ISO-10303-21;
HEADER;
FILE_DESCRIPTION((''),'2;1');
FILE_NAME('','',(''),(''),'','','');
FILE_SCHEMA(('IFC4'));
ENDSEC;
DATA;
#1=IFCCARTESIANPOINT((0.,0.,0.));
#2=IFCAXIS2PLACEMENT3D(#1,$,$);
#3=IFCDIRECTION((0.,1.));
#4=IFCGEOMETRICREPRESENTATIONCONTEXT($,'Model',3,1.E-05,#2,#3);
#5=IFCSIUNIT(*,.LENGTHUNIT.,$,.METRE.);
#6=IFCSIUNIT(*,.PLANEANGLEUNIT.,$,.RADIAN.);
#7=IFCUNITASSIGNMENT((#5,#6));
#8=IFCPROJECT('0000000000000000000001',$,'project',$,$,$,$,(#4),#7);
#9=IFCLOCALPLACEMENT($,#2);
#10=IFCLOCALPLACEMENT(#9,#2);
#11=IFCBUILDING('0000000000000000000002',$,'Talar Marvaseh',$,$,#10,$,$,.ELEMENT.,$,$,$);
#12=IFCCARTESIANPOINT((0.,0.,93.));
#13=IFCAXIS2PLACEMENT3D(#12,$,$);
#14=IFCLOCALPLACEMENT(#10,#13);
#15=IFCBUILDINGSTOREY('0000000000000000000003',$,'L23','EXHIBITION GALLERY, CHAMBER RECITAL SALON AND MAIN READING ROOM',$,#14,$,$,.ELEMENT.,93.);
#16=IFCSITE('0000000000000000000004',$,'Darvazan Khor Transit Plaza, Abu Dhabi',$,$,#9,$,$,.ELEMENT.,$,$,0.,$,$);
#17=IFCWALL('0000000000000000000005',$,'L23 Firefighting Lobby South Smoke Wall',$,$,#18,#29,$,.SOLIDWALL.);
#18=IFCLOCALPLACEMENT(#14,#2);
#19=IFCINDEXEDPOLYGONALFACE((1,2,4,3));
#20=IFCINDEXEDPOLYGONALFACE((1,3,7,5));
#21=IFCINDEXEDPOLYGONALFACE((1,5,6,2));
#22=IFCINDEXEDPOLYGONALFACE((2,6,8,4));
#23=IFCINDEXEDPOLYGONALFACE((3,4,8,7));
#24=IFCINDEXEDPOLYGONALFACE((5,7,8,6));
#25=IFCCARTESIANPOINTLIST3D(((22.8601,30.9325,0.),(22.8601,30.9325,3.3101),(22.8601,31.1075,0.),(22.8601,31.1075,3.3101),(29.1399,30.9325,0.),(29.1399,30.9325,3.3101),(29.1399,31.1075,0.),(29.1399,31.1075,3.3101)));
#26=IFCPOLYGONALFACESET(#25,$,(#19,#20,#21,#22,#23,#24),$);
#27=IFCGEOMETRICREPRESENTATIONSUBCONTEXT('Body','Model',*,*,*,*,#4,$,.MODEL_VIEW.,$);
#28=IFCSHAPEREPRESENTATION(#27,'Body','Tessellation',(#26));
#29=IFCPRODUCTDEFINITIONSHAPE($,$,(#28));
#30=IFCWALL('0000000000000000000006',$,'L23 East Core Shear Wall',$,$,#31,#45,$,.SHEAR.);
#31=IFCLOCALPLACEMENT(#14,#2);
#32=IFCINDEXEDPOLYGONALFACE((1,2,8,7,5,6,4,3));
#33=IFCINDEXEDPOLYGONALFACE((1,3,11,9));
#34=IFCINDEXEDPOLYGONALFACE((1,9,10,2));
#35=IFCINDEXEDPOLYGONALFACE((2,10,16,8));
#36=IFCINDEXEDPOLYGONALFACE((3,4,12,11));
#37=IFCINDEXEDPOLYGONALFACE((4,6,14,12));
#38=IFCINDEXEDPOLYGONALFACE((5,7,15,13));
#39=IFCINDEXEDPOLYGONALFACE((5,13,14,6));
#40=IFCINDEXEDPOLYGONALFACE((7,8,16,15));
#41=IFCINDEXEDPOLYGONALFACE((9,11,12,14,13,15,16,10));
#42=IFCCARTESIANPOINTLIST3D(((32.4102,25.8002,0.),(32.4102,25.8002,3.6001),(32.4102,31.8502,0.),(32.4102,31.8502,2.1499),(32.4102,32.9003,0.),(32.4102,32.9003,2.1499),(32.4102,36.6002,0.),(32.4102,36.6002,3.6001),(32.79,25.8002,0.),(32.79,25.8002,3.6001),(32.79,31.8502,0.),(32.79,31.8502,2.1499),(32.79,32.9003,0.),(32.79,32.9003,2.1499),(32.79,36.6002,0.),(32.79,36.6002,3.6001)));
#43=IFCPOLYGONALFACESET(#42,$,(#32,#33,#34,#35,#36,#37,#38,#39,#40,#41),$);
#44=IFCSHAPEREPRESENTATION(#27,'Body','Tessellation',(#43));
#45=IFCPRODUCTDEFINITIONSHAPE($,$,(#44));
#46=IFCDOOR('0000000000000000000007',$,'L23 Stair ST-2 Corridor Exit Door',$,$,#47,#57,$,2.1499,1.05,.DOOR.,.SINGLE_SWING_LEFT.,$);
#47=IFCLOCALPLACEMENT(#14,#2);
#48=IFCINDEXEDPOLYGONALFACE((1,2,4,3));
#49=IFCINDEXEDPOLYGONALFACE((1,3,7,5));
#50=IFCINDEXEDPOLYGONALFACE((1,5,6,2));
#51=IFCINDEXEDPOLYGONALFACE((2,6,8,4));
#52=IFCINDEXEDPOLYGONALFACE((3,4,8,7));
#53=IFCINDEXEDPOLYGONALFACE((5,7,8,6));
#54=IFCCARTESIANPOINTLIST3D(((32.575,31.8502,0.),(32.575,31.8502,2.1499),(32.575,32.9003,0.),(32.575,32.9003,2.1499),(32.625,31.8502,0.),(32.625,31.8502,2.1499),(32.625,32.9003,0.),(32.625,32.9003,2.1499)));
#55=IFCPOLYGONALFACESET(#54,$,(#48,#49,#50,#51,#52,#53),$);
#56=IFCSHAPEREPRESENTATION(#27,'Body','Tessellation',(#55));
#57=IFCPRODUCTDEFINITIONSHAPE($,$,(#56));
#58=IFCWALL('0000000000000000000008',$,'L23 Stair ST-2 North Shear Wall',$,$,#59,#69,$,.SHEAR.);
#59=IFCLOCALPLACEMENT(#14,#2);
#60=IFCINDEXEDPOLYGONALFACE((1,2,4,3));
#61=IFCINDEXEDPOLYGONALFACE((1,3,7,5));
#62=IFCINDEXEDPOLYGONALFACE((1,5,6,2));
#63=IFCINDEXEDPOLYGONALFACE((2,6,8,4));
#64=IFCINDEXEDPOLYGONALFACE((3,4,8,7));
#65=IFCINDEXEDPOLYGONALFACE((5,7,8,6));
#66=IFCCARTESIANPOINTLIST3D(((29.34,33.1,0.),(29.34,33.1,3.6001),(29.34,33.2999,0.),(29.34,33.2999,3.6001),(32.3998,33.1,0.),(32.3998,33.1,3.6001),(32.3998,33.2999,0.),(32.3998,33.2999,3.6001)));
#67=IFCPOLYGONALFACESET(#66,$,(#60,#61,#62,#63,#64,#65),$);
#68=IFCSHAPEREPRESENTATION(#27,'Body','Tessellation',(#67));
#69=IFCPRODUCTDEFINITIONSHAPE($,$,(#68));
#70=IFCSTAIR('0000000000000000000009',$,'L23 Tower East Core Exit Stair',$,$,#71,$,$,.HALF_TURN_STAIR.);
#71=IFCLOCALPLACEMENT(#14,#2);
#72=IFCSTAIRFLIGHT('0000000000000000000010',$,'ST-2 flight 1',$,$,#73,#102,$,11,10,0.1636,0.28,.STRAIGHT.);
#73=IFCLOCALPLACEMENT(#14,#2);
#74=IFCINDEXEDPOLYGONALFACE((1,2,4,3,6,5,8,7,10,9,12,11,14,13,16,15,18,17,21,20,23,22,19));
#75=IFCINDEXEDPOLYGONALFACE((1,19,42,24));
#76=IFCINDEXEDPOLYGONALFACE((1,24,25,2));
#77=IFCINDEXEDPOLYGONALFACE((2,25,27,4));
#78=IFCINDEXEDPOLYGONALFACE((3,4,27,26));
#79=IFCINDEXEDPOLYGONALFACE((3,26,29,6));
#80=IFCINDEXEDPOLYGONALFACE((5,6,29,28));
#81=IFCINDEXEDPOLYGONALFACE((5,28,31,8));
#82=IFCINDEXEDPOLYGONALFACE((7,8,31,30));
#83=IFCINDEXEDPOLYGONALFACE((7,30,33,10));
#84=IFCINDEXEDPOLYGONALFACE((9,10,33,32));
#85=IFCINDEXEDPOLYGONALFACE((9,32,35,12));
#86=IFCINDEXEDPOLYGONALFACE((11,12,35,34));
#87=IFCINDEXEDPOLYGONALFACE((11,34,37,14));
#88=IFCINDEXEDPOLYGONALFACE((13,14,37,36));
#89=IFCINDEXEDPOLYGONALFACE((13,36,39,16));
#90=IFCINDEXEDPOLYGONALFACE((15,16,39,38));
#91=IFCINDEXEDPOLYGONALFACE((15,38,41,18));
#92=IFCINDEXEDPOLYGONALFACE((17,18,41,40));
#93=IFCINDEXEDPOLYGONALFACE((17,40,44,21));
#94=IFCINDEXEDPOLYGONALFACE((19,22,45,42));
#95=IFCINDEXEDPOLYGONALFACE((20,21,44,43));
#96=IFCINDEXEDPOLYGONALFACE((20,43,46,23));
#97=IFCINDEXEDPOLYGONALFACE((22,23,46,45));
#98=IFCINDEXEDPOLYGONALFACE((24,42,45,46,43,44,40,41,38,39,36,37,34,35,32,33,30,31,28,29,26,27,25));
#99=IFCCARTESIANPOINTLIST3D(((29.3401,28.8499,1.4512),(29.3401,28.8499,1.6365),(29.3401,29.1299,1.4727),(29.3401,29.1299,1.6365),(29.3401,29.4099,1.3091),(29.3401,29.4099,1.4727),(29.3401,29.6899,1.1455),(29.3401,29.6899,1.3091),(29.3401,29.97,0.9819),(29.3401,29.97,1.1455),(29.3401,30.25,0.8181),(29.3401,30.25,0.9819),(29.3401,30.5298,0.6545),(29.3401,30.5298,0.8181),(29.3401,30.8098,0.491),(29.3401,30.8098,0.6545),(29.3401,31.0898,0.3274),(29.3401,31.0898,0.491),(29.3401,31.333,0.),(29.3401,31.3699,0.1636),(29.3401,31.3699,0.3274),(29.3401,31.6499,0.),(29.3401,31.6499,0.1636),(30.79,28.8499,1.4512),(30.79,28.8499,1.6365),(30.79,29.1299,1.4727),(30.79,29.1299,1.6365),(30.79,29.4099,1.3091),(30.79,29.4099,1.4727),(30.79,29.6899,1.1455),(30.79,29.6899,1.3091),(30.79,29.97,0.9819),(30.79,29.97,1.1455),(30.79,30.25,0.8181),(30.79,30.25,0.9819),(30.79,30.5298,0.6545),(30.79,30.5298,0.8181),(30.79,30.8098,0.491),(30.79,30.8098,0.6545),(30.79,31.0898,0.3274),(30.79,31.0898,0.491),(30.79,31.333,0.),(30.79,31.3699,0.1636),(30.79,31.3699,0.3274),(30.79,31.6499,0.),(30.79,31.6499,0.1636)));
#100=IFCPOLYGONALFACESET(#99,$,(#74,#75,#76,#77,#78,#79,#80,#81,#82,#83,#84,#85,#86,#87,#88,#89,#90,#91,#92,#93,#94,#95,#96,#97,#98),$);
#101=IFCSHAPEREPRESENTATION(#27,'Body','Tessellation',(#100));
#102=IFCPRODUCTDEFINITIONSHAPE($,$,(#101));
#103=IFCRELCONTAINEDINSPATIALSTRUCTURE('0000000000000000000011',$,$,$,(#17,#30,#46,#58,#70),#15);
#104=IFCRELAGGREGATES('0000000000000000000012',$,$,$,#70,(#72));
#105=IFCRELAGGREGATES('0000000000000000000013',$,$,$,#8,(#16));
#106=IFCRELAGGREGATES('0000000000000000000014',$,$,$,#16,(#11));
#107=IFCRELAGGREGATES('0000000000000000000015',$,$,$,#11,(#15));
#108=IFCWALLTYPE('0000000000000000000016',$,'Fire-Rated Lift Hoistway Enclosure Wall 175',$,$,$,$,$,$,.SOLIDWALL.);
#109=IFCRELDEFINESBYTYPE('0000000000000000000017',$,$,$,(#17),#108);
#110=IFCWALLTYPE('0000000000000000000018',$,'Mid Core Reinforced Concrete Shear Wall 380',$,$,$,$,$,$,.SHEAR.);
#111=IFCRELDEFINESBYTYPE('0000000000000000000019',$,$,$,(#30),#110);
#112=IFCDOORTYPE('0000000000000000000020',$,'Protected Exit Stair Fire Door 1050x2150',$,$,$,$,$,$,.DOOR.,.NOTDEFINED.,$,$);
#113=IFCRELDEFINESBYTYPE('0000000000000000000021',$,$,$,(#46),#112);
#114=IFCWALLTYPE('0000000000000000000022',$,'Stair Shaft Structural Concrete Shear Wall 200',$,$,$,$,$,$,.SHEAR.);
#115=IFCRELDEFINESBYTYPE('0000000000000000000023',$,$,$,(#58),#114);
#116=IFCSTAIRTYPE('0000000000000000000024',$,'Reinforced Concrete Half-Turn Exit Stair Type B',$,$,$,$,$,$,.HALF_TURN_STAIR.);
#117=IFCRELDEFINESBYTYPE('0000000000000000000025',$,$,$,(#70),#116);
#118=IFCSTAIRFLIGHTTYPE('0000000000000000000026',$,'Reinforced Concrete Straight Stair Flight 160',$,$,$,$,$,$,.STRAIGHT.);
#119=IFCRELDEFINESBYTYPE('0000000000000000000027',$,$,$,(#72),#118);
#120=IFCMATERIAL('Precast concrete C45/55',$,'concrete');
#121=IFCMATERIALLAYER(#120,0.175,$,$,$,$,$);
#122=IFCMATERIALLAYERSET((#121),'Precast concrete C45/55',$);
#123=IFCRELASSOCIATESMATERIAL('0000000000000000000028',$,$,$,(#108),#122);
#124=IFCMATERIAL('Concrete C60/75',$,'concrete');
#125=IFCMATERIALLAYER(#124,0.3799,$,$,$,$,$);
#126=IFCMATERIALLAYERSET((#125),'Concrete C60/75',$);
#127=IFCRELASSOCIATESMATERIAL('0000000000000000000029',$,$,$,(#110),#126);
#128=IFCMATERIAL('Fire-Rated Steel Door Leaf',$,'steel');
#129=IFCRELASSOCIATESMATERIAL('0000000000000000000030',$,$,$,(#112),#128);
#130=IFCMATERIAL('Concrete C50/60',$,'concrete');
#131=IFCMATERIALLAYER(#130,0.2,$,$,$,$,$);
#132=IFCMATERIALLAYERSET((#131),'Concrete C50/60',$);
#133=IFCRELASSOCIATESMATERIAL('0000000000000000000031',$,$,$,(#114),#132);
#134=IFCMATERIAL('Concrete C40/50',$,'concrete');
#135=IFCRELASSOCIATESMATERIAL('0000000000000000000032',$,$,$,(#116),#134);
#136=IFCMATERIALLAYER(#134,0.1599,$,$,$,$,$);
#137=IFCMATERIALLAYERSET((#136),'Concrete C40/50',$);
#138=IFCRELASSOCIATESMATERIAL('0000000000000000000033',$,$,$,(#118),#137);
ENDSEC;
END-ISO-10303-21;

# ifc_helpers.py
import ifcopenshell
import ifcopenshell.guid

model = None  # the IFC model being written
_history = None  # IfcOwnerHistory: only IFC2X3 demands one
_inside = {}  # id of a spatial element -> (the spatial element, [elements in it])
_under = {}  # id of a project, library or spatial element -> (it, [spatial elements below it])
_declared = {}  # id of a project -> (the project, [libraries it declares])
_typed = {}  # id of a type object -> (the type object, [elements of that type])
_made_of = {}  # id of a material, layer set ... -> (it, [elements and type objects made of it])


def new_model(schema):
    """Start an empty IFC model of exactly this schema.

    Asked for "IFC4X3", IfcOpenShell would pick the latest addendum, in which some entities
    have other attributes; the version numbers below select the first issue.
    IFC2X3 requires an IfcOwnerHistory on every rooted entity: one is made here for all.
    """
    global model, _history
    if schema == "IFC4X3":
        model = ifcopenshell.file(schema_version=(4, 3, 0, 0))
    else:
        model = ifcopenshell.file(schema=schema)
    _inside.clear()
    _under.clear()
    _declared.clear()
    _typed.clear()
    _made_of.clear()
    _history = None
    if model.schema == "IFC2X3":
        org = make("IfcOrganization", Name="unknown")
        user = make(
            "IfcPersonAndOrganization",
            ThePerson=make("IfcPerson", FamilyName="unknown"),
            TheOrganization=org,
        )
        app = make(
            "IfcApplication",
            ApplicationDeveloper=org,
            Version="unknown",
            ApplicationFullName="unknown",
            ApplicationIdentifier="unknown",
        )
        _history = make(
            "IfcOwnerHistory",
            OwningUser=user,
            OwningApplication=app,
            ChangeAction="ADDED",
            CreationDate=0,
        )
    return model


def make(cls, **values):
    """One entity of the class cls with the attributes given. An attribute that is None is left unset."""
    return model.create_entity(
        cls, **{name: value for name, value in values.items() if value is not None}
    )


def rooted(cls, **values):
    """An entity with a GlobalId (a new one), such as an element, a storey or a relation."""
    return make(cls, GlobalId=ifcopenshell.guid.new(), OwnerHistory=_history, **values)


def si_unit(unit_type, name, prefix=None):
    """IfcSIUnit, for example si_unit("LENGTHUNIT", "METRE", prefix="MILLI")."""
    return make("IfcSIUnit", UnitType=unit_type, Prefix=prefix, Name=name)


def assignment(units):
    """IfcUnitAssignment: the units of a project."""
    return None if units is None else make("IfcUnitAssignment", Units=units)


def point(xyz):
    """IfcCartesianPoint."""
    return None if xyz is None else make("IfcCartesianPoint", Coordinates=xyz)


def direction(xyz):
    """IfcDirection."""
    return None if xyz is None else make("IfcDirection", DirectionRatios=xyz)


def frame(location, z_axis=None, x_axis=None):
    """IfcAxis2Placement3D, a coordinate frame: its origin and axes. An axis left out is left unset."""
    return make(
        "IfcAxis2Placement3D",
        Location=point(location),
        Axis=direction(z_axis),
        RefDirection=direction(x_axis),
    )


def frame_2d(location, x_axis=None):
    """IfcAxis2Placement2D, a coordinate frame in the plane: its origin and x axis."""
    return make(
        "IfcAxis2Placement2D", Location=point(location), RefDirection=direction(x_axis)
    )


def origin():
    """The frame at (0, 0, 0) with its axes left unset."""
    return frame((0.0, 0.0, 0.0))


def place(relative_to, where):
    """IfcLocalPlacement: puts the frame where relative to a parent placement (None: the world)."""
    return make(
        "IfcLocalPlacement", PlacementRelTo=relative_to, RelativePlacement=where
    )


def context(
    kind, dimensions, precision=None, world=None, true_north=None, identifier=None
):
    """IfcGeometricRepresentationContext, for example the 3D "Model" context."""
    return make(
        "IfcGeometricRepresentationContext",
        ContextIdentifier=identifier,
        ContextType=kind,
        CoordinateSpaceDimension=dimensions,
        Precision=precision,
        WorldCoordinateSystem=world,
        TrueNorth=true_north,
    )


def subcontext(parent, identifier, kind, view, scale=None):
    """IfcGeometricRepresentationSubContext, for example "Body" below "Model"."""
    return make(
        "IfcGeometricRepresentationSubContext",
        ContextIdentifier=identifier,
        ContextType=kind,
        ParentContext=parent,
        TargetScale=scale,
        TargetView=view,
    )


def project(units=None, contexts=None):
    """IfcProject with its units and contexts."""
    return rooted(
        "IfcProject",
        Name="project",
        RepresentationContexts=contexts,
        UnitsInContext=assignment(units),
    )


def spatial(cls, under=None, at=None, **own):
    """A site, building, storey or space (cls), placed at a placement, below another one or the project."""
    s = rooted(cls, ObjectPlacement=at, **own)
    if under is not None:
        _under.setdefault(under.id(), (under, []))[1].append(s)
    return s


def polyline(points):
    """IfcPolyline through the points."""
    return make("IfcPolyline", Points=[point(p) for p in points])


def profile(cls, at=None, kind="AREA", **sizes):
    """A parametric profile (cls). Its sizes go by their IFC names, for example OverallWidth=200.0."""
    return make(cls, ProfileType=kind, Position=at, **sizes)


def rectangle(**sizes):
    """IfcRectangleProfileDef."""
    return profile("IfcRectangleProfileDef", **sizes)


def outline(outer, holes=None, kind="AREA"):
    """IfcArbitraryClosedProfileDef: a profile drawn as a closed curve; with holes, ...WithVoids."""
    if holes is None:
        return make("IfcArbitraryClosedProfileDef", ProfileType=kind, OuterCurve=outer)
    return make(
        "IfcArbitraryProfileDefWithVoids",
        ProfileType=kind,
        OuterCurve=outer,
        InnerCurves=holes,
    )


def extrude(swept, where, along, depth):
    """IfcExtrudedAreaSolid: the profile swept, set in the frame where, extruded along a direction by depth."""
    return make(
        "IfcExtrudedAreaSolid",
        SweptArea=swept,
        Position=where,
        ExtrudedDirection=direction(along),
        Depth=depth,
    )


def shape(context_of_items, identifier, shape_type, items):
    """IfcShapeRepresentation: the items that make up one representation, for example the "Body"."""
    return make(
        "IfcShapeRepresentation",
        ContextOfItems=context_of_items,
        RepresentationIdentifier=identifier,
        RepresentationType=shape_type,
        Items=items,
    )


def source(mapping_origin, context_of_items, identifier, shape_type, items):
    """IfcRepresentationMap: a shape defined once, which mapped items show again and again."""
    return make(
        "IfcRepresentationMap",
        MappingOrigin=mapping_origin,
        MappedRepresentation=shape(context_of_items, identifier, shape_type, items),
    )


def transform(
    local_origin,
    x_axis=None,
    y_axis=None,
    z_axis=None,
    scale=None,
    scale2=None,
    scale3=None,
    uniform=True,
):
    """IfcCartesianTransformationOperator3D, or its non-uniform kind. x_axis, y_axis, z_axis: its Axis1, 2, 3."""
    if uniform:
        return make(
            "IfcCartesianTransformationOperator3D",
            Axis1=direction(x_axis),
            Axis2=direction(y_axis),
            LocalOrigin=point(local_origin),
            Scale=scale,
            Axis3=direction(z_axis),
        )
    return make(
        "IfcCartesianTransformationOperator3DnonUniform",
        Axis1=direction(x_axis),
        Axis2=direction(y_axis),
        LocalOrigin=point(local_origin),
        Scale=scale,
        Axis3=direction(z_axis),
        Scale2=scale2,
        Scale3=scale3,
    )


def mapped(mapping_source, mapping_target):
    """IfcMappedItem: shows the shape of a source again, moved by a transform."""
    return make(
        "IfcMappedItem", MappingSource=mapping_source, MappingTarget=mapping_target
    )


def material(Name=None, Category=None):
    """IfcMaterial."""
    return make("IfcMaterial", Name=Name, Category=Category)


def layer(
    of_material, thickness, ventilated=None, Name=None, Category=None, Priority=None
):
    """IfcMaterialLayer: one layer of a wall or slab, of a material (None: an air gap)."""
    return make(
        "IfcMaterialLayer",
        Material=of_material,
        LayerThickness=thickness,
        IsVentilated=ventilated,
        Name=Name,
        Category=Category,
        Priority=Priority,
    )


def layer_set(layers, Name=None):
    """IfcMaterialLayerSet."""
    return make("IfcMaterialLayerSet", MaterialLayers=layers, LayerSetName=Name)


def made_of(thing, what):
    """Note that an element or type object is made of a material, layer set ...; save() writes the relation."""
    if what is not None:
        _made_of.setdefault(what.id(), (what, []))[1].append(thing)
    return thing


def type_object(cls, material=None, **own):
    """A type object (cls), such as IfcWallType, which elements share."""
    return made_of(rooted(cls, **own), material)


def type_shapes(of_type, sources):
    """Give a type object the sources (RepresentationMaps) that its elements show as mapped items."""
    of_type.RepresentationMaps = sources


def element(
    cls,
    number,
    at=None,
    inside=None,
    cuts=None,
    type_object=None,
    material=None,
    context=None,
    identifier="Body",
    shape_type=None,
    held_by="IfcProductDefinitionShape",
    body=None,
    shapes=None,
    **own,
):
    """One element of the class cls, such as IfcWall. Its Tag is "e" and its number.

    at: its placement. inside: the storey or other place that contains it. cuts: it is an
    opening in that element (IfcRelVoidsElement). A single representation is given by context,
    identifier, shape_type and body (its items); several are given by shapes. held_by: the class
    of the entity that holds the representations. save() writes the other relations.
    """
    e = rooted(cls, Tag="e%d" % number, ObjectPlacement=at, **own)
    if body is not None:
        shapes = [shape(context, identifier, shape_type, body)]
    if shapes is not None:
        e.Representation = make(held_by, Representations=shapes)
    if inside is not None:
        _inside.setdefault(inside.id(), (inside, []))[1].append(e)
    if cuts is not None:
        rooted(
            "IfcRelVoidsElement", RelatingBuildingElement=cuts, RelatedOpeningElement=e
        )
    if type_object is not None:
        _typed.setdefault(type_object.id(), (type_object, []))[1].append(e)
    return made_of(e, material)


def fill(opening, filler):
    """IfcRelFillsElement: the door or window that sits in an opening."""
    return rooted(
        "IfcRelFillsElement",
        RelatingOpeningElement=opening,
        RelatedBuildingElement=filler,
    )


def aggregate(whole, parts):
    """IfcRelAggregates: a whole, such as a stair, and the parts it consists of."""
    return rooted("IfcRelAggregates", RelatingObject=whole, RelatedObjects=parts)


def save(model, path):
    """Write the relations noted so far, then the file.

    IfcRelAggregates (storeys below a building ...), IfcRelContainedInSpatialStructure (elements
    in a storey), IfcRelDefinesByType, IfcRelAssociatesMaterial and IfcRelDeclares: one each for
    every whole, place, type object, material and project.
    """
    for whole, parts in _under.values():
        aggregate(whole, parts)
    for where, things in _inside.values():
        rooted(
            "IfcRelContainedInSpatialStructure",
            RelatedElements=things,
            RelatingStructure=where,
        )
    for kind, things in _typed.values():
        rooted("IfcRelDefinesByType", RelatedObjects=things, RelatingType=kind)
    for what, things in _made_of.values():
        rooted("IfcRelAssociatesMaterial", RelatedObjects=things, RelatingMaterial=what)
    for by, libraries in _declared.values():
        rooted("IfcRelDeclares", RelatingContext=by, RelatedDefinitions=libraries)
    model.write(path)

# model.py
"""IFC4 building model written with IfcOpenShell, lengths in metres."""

from ifc_helpers import new_model, si_unit, direction, frame, frame_2d, origin, place, context, subcontext, project, spatial, polyline, rectangle, outline, extrude, source, transform, mapped, material, layer, layer_set, type_object, type_shapes, element, fill, aggregate, save


model = new_model("IFC4")

# Units and contexts
model_context = context("Model", 3, precision=1e-05, world=origin(), true_north=direction((0.0, 1.0)))
body_context = subcontext(model_context, "Body", "Model", "MODEL_VIEW")
ifc_project = project(units=[si_unit("LENGTHUNIT", "METRE"), si_unit("PLANEANGLEUNIT", "RADIAN")], contexts=[model_context])

# Site, building, storey
site_placement = place(None, origin())
site = spatial("IfcSite", under=ifc_project, at=site_placement, Name="Darvazan Khor Transit Plaza, Abu Dhabi", CompositionType="ELEMENT", RefElevation=0.0)
building_placement = place(site_placement, origin())
building = spatial("IfcBuilding", under=site, at=building_placement, Name="Talar Marvaseh", CompositionType="ELEMENT")
storey_placement = place(building_placement, frame((0.0, 0.0, 93.0)))
storey = spatial("IfcBuildingStorey", under=building, at=storey_placement, Name="L23", Description="EXHIBITION GALLERY, CHAMBER RECITAL SALON AND MAIN READING ROOM", CompositionType="ELEMENT", Elevation=93.0)

# Shared definitions
ifc_material_1 = material(Name="Concrete C60/75", Category="concrete")

# Shared definitions
ifc_material_2 = material(Name="Concrete C40/50", Category="concrete")

# Shared definitions
ifc_material_3 = material(Name="Precast concrete C45/55", Category="concrete")

# Shared definitions
ifc_layer_1 = layer(ifc_material_3, 0.175)
ifc_layer_set_1 = layer_set([ifc_layer_1], Name="Precast concrete C45/55")
wall_type_1 = type_object("IfcWallType", Name="Fire-Rated Lift Hoistway Enclosure Wall 175", PredefinedType="SOLIDWALL", material=ifc_layer_set_1)

# Wall
wall_1_placement = place(storey_placement, frame((22.8601, 31.02, 0.0), z_axis=(0.0, 0.0, 1.0), x_axis=(1.0, 0.0, 0.0)))
element("IfcWall", 1, at=wall_1_placement, inside=storey, type_object=wall_type_1, Name="L23 Firefighting Lobby South Smoke Wall", PredefinedType="SOLIDWALL", context=body_context, shape_type="SweptSolid", body=[
    extrude(rectangle(XDim=6.2798, YDim=0.175, at=frame_2d((3.1399, 0.0))), origin(), (0.0, 0.0, 1.0), 3.3101),
])

# Wall, opening, door
ifc_layer_2 = layer(ifc_material_1, 0.3799)
ifc_layer_set_2 = layer_set([ifc_layer_2], Name="Concrete C60/75")
wall_type_2 = type_object("IfcWallType", Name="Mid Core Reinforced Concrete Shear Wall 380", PredefinedType="SHEAR", material=ifc_layer_set_2)
wall_2_placement = place(storey_placement, frame((32.6001, 36.6001, 0.0), z_axis=(0.0, 0.0, 1.0), x_axis=(0.0, -1.0, 0.0)))
wall_2 = element("IfcWall", 2, at=wall_2_placement, inside=storey, type_object=wall_type_2, Name="L23 East Core Shear Wall", PredefinedType="SHEAR", context=body_context, shape_type="SweptSolid", body=[
    extrude(rectangle(XDim=10.8, YDim=0.3799, at=frame_2d((5.3999, 0.0))), origin(), (0.0, 0.0, 1.0), 3.6001),
])
opening_1_placement = place(wall_2_placement, frame((3.7, 0.0, 0.0)))
opening_1 = element("IfcOpeningElement", 3, at=opening_1_placement, cuts=wall_2, PredefinedType="OPENING", context=body_context, shape_type="SweptSolid", body=[
    extrude(rectangle(XDim=1.05, YDim=2.1499, at=frame_2d((0.5249, 1.075))), frame((0.0, 0.2, 0.0), z_axis=(0.0, -1.0, 0.0), x_axis=(1.0, 0.0, 0.0)), (0.0, 0.0, 1.0), 0.3999),
])
ifc_material_4 = material(Name="Fire-Rated Steel Door Leaf", Category="steel")
door_type_1 = type_object("IfcDoorType", Name="Protected Exit Stair Fire Door 1050x2150", OperationType="NOTDEFINED", PredefinedType="DOOR", material=ifc_material_4)
shared_shape_1 = source(origin(), body_context, "Body", "SweptSolid", [
    extrude(rectangle(XDim=1.05, YDim=2.1499, at=frame_2d((0.5249, 1.075))), frame((0.0, 0.0249, 0.0), z_axis=(0.0, -1.0, 0.0), x_axis=(1.0, 0.0, 0.0)), (0.0, 0.0, 1.0), 0.05),
])
type_shapes(door_type_1, [shared_shape_1])
door_1_placement = place(opening_1_placement, origin())
door_1 = element("IfcDoor", 4, at=door_1_placement, inside=storey, type_object=door_type_1, Name="L23 Stair ST-2 Corridor Exit Door", OperationType="SINGLE_SWING_LEFT", OverallHeight=2.1499, OverallWidth=1.05, PredefinedType="DOOR", context=body_context, shape_type="MappedRepresentation", body=[
    mapped(shared_shape_1, transform((0.0, 0.0, 0.0), x_axis=(1.0, 0.0, 0.0), y_axis=(0.0, 1.0, 0.0), z_axis=(0.0, 0.0, 1.0), scale=1.0)),
])
fill(opening_1, door_1)

# Wall
ifc_material_5 = material(Name="Concrete C50/60", Category="concrete")
ifc_layer_3 = layer(ifc_material_5, 0.2)
ifc_layer_set_3 = layer_set([ifc_layer_3], Name="Concrete C50/60")
wall_type_3 = type_object("IfcWallType", Name="Stair Shaft Structural Concrete Shear Wall 200", PredefinedType="SHEAR", material=ifc_layer_set_3)
wall_3_placement = place(storey_placement, frame((29.3401, 33.2, 0.0), z_axis=(0.0, 0.0, 1.0), x_axis=(1.0, 0.0, 0.0)))
element("IfcWall", 5, at=wall_3_placement, inside=storey, type_object=wall_type_3, Name="L23 Stair ST-2 North Shear Wall", PredefinedType="SHEAR", context=body_context, shape_type="SweptSolid", body=[
    extrude(rectangle(XDim=3.0598, YDim=0.2, at=frame_2d((1.5298, 0.0))), origin(), (0.0, 0.0, 1.0), 3.6001),
])

# Stair, stair flight
stair_type = type_object("IfcStairType", Name="Reinforced Concrete Half-Turn Exit Stair Type B", PredefinedType="HALF_TURN_STAIR", material=ifc_material_2)
stair_placement = place(storey_placement, origin())
stair = element("IfcStair", 6, at=stair_placement, inside=storey, type_object=stair_type, Name="L23 Tower East Core Exit Stair", PredefinedType="HALF_TURN_STAIR")
ifc_layer_4 = layer(ifc_material_2, 0.1599)
ifc_layer_set_4 = layer_set([ifc_layer_4], Name="Concrete C40/50")
stair_flight_type = type_object("IfcStairFlightType", Name="Reinforced Concrete Straight Stair Flight 160", PredefinedType="STRAIGHT", material=ifc_layer_set_4)
stair_flight_placement = place(storey_placement, frame((30.0649, 31.6499, 0.0), z_axis=(0.0, 0.0, 1.0), x_axis=(0.0, -1.0, 0.0)))
stair_flight = element("IfcStairFlight", 7, at=stair_flight_placement, type_object=stair_flight_type, Name="ST-2 flight 1", NumberOfRisers=11, NumberOfTreads=10, PredefinedType="STRAIGHT", RiserHeight=0.1636, TreadLength=0.28, context=body_context, shape_type="SweptSolid", body=[
    extrude(outline(polyline([(0.0, 0.0), (0.0, 0.1636), (0.28, 0.1636), (0.28, 0.3274), (0.5601, 0.3274), (0.5601, 0.491), (0.8401, 0.491), (0.8401, 0.6545), (1.1201, 0.6545), (1.1201, 0.8181), (1.3999, 0.8181), (1.3999, 0.9819), (1.6799, 0.9819), (1.6799, 1.1455), (1.96, 1.1455), (1.96, 1.3091), (2.24, 1.3091), (2.24, 1.4727), (2.52, 1.4727), (2.52, 1.6365), (2.8, 1.6365), (2.8, 1.8), (2.8, 1.4512), (0.3169, 0.0), (0.0, 0.0)])), frame((0.0, 0.7251, 0.0), z_axis=(0.0, -1.0, 0.0), x_axis=(1.0, 0.0, 0.0)), (0.0, 0.0, 1.0), 1.45),
])
aggregate(stair, [stair_flight])

save(model, "model.ifc")
